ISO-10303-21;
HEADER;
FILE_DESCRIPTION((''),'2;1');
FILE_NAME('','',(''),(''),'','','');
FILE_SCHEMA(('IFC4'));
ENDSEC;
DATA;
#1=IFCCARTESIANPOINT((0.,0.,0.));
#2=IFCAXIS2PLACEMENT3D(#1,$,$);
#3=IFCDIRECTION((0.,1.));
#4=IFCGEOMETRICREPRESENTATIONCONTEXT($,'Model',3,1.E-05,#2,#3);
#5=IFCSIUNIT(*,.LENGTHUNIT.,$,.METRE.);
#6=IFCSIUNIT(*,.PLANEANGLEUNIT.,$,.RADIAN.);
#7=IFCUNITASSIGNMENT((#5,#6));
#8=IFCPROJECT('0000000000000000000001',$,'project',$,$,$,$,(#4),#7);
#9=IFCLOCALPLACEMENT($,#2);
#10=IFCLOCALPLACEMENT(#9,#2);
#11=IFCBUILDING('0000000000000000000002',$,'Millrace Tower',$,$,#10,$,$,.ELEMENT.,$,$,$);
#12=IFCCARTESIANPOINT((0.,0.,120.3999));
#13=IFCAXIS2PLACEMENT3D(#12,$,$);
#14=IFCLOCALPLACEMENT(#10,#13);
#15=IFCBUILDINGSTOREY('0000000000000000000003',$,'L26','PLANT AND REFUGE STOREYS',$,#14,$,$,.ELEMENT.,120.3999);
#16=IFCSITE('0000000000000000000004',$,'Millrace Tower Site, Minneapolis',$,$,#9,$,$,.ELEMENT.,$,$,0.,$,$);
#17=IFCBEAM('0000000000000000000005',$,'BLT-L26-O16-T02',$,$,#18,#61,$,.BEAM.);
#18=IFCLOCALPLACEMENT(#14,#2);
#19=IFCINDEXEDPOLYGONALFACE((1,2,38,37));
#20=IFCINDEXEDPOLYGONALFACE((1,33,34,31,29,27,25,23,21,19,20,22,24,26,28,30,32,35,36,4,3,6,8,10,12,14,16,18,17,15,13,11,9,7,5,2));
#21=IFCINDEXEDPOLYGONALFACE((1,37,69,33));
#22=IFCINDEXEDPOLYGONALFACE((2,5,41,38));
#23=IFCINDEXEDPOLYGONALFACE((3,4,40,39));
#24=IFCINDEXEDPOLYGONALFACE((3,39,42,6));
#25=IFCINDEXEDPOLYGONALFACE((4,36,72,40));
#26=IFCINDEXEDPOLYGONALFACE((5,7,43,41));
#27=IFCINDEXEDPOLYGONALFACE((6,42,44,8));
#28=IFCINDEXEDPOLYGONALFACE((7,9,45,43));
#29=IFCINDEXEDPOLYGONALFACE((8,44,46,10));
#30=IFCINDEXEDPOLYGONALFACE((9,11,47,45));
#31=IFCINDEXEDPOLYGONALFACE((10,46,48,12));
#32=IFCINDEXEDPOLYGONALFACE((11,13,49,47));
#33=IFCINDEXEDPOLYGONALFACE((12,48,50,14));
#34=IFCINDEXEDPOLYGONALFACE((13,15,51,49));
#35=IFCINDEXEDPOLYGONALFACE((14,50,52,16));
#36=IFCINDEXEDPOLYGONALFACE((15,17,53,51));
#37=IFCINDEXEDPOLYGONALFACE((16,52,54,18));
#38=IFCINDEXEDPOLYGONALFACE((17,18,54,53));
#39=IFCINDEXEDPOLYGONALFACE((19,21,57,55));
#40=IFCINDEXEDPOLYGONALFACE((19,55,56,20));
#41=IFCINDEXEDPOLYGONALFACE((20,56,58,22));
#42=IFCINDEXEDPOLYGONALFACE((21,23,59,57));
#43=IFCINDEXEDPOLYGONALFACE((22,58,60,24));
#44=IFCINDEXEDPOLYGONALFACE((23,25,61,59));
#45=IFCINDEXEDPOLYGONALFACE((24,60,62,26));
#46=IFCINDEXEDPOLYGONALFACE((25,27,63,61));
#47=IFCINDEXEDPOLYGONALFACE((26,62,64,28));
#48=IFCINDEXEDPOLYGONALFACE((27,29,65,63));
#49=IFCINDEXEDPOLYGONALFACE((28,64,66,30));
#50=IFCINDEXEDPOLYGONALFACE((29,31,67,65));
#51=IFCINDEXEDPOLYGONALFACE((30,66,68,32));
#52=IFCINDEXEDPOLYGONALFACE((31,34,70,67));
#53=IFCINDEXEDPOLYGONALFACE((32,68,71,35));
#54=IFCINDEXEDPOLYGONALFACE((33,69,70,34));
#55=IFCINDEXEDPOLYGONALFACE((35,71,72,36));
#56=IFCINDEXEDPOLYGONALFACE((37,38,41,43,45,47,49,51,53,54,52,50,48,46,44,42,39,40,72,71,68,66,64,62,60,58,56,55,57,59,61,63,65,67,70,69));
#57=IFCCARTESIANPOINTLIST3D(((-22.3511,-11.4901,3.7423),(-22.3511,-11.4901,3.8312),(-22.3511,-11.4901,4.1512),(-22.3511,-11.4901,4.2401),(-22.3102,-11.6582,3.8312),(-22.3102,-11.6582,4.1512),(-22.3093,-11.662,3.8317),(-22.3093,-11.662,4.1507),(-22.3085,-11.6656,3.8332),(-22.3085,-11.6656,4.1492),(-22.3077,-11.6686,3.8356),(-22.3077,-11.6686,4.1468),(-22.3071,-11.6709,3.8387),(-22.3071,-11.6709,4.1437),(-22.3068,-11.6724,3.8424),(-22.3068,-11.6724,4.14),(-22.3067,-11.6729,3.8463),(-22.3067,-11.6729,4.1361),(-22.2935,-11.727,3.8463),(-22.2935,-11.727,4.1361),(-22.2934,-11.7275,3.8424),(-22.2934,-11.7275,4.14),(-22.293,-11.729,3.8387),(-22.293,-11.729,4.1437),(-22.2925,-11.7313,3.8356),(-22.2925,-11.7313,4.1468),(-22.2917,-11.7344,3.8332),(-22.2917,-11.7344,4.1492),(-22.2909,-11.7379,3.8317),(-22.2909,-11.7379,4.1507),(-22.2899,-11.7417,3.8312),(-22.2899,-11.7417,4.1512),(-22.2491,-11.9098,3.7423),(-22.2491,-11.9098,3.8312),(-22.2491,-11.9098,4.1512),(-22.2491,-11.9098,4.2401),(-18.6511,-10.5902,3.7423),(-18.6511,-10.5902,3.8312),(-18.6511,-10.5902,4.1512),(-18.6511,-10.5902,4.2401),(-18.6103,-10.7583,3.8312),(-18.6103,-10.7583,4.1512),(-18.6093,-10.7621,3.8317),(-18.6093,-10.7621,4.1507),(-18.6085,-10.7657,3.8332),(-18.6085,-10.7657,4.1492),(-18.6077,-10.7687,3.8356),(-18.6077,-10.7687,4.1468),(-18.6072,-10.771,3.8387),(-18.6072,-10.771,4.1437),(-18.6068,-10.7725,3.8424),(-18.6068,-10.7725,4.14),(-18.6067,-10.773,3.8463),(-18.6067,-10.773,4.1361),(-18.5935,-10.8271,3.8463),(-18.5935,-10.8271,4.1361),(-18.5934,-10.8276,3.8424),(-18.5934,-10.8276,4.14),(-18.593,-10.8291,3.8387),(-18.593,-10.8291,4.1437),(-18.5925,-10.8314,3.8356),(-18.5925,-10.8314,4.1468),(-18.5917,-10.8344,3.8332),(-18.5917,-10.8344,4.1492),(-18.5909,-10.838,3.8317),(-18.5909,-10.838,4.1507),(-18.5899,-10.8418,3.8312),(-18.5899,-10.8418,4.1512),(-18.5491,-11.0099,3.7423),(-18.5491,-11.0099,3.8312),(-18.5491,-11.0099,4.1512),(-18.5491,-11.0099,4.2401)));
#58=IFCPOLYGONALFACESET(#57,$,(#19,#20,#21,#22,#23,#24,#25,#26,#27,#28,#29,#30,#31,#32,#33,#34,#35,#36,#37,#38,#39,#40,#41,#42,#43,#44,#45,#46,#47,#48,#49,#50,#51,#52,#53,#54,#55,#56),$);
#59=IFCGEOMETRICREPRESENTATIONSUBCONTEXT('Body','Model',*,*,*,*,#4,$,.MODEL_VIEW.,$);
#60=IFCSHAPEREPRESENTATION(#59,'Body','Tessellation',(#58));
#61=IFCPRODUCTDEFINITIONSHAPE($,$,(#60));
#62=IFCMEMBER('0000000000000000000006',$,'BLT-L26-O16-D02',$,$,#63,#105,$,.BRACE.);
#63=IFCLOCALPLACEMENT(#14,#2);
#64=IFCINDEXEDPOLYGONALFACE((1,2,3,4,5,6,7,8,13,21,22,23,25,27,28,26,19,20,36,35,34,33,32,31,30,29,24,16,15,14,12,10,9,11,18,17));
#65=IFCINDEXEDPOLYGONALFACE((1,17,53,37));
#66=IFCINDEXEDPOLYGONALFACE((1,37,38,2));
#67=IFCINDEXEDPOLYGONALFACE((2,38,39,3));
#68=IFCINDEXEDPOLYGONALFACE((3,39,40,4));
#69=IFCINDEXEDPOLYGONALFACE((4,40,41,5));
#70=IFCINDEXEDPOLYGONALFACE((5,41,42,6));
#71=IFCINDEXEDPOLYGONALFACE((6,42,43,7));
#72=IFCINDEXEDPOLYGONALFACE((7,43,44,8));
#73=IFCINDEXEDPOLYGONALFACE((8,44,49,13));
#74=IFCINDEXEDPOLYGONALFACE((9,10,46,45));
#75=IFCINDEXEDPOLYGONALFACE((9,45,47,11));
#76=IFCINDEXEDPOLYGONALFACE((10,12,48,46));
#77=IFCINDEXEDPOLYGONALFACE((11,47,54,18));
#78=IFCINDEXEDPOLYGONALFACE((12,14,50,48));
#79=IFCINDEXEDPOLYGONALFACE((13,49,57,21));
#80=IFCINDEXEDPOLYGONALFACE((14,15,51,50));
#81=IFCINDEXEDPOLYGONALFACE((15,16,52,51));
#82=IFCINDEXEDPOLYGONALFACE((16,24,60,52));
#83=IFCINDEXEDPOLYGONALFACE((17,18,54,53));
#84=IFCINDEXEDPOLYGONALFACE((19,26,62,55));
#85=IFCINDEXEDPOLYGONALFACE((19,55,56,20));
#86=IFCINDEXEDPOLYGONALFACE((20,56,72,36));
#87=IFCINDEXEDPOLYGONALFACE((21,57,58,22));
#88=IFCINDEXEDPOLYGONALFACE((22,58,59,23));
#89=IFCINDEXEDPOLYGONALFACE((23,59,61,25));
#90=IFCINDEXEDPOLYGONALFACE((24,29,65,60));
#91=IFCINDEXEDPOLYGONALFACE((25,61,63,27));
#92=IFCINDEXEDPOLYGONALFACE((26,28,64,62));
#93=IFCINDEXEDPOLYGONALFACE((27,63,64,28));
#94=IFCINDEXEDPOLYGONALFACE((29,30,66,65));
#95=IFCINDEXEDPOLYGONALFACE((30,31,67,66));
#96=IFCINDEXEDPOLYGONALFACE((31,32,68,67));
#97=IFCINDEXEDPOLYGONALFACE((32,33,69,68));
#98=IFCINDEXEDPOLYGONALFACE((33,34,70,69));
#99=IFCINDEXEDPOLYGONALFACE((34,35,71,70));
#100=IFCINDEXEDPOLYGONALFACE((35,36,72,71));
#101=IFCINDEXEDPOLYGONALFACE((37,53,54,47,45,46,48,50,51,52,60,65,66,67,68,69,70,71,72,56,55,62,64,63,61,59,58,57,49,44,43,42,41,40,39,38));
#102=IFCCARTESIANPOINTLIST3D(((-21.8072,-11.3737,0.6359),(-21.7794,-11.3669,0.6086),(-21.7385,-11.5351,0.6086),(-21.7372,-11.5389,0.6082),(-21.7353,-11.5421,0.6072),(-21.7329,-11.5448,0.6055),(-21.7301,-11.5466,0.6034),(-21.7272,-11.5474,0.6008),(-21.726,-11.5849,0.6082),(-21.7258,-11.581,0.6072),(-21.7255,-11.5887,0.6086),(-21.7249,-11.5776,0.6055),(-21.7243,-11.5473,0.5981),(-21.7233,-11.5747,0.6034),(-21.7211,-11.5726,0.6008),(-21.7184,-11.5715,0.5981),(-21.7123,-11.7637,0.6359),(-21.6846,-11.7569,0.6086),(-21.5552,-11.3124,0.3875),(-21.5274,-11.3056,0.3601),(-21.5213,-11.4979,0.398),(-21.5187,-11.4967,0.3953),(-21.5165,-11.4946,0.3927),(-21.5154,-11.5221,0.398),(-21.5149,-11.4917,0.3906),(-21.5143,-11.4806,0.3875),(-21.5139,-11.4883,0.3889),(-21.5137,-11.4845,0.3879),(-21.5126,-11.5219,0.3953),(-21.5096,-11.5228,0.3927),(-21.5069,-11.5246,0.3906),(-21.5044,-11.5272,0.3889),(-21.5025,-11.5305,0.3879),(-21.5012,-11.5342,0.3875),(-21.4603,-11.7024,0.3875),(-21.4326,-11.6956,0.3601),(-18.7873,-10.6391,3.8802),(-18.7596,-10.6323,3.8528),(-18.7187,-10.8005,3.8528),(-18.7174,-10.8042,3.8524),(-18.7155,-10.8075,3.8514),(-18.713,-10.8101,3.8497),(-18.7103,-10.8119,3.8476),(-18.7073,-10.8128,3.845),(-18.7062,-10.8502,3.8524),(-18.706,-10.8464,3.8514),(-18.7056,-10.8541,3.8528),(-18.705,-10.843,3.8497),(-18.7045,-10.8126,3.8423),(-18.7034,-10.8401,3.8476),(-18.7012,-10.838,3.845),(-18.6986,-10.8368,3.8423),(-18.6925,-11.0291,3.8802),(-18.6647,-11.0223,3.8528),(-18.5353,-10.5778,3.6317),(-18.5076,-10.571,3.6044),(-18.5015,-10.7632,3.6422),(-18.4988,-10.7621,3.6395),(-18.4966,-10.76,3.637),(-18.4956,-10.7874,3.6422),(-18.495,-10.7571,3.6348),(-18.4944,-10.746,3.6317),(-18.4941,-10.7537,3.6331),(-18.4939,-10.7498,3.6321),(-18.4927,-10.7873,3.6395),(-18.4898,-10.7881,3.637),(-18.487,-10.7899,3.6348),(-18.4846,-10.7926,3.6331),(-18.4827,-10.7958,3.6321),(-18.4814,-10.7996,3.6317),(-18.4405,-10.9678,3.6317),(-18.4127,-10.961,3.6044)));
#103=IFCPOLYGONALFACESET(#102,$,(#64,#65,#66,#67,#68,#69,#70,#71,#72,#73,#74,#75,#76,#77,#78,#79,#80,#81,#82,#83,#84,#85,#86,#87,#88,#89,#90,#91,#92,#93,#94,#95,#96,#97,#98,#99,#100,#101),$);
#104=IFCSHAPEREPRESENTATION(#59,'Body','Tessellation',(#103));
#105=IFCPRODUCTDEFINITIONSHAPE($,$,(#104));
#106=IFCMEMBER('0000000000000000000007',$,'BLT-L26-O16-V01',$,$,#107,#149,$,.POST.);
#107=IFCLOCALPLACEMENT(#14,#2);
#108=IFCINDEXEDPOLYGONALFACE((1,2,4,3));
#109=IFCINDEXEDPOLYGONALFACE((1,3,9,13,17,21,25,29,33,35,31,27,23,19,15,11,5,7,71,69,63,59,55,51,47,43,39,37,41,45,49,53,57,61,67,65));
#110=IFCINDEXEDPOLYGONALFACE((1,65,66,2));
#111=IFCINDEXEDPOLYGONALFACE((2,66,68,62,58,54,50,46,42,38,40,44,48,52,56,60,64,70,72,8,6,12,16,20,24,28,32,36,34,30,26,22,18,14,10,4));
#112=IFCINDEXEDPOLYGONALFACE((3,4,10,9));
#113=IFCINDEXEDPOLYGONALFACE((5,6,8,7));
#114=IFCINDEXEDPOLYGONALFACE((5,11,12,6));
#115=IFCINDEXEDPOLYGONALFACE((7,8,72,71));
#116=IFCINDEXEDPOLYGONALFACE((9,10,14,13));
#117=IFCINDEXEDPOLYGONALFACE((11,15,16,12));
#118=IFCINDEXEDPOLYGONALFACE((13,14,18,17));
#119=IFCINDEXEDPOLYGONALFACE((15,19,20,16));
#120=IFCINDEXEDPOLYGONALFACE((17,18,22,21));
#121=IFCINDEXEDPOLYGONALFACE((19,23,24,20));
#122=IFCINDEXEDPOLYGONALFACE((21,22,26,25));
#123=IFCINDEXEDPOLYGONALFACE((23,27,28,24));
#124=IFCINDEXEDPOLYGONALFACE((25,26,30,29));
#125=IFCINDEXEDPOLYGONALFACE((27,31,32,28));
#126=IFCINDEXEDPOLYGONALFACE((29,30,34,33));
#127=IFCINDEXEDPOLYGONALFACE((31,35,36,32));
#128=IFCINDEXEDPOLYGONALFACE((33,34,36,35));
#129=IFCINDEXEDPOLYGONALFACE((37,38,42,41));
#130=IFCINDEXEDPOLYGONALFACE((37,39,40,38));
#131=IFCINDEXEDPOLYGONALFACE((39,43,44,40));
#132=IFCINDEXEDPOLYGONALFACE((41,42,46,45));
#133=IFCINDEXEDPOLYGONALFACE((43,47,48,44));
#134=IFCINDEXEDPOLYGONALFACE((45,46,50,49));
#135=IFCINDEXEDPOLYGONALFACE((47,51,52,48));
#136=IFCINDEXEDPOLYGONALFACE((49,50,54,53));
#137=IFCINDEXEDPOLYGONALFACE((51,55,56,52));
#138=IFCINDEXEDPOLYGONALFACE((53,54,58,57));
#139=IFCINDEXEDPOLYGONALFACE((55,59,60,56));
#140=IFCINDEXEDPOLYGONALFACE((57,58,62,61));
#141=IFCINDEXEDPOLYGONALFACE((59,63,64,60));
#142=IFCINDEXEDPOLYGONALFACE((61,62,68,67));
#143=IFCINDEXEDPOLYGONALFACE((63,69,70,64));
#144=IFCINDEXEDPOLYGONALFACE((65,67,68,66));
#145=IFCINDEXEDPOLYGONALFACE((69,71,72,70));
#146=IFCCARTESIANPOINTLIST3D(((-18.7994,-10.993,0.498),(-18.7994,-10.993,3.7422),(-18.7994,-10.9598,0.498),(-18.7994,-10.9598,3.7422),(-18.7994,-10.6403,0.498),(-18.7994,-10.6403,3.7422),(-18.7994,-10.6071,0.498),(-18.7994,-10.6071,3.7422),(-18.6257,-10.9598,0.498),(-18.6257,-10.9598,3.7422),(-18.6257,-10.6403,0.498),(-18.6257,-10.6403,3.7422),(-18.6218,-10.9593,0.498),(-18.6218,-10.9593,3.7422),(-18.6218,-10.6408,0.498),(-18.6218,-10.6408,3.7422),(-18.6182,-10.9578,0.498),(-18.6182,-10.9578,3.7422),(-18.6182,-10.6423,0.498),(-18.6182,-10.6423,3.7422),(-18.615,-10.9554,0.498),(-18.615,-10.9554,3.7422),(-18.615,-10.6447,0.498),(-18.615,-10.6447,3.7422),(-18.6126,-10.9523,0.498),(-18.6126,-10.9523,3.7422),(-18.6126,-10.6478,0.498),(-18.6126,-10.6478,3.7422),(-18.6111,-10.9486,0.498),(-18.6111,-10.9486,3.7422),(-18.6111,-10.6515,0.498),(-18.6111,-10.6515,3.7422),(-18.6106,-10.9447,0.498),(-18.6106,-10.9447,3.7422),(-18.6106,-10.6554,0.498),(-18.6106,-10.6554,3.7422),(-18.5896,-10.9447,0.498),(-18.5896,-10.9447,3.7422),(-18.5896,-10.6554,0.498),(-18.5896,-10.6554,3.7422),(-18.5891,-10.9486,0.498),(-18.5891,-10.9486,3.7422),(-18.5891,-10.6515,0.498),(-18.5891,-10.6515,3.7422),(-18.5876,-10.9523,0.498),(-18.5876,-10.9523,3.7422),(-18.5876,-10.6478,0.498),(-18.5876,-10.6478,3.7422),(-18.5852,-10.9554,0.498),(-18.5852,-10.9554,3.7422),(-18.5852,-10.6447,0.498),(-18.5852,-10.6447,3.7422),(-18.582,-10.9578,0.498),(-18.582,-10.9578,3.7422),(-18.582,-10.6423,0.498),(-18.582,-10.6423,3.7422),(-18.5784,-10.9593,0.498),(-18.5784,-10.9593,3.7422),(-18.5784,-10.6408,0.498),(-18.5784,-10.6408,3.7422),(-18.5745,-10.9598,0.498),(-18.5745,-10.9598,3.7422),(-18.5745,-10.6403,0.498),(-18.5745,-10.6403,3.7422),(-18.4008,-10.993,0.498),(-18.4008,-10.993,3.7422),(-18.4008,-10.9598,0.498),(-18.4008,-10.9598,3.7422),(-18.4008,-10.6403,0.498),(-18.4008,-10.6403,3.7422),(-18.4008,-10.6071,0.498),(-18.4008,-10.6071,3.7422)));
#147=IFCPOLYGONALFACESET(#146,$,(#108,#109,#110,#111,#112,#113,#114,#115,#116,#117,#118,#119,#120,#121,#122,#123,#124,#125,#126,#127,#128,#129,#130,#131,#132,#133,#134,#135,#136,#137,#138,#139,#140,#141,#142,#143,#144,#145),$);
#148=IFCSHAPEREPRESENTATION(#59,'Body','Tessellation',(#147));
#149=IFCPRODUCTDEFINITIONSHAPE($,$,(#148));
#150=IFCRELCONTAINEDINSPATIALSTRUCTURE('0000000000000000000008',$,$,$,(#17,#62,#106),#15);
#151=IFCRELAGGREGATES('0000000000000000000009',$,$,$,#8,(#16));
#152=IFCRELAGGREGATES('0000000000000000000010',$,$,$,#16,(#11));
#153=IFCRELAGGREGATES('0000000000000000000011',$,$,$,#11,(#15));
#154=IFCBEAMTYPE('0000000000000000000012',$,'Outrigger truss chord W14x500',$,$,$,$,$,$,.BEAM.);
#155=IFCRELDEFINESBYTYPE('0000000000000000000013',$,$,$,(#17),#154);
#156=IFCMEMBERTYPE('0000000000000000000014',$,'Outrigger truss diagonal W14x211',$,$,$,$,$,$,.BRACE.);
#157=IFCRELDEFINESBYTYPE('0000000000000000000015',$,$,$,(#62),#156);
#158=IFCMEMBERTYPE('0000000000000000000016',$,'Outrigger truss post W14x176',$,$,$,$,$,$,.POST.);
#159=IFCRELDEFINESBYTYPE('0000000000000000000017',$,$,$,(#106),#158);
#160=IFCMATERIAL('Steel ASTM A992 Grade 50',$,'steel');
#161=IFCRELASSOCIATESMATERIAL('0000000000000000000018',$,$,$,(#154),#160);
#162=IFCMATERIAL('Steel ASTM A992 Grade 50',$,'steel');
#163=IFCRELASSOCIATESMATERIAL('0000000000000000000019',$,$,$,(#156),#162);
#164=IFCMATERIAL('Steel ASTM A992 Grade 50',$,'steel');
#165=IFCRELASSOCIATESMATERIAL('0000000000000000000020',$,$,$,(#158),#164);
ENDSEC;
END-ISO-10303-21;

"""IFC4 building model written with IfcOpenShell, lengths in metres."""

from ifc_helpers import new_model, si_unit, direction, frame, origin, origin_2d, place, context, subcontext, project, spatial, i_section, extrude, material, material_profile, profile_set, type_object, element, save


model = new_model("IFC4")

# Units and contexts
model_context = context("Model", 3, precision=1e-05, world=origin(), true_north=direction((0.0, 1.0)))
body_context = subcontext(model_context, "Body", "Model", "MODEL_VIEW")
ifc_project = project(units=[si_unit("LENGTHUNIT", "METRE"), si_unit("PLANEANGLEUNIT", "RADIAN")], contexts=[model_context])

# Site, building, storey
site_placement = place(None, origin())
site = spatial("IfcSite", under=ifc_project, at=site_placement, Name="Millrace Tower Site, Minneapolis", CompositionType="ELEMENT", RefElevation=0.0)
building_placement = place(site_placement, origin())
building = spatial("IfcBuilding", under=site, at=building_placement, Name="Millrace Tower", CompositionType="ELEMENT")
storey_placement = place(building_placement, frame((0.0, 0.0, 120.3999)))
storey = spatial("IfcBuildingStorey", under=building, at=storey_placement, Name="L26", Description="PLANT AND REFUGE STOREYS", CompositionType="ELEMENT", Elevation=120.3999)

# Beam
ifc_material_1 = material(Name="Steel ASTM A992 Grade 50", Category="steel")
ifc_material_profile_1 = material_profile(ifc_material_1, i_section(OverallWidth=0.4319, OverallDepth=0.4978, WebThickness=0.0557, FlangeThickness=0.0889, FilletRadius=0.0151, at=origin_2d()))
ifc_profile_set_1 = profile_set([ifc_material_profile_1], Name="Steel ASTM A992 Grade 50")
beam_type_1 = type_object("IfcBeamType", Name="Outrigger truss chord W14x500", PredefinedType="BEAM", material=ifc_profile_set_1)
for number, where, z_axis, x_axis, name in (
    (1, (-18.6001, -10.8, 3.9912), (-0.971673, -0.23633, 0.0), (0.23633, -0.971673, 0.0), "BLT-L26-O16-T02"),
):
    element("IfcBeam", number, at=place(storey_placement, frame(where, z_axis=z_axis, x_axis=x_axis)), inside=storey, type_object=beam_type_1, Name=name, PredefinedType="BEAM", context=body_context, shape_type="SweptSolid", body=[
        extrude(i_section(OverallWidth=0.4319, OverallDepth=0.4978, WebThickness=0.0557, FlangeThickness=0.0889, FilletRadius=0.0151, at=origin_2d()), origin(), (0.0, 0.0, 1.0), 3.8079),
    ])

# Members
ifc_material_2 = material(Name="Steel ASTM A992 Grade 50", Category="steel")
ifc_material_profile_2 = material_profile(ifc_material_2, i_section(OverallWidth=0.4014, OverallDepth=0.3987, WebThickness=0.0249, FlangeThickness=0.0396, FilletRadius=0.0151, at=origin_2d()))
ifc_profile_set_2 = profile_set([ifc_material_profile_2], Name="Steel ASTM A992 Grade 50")
member_type_1 = type_object("IfcMemberType", Name="Outrigger truss diagonal W14x211", PredefinedType="BRACE", material=ifc_profile_set_2)
member_1_placement = place(storey_placement, frame((-21.6199, -11.5347, 0.498), z_axis=(0.672171, 0.163519, 0.722113), x_axis=(-0.236376, 0.971662, 0.0)))
element("IfcMember", 2, at=member_1_placement, inside=storey, type_object=member_type_1, Name="BLT-L26-O16-D02", PredefinedType="BRACE", context=body_context, shape_type="SweptSolid", body=[
    extrude(i_section(OverallWidth=0.4014, OverallDepth=0.3987, WebThickness=0.0249, FlangeThickness=0.0396, FilletRadius=0.0151, at=origin_2d()), origin(), (0.0, 0.0, 1.0), 4.4927),
])
ifc_material_3 = material(Name="Steel ASTM A992 Grade 50", Category="steel")
ifc_material_profile_3 = material_profile(ifc_material_3, i_section(OverallWidth=0.3987, OverallDepth=0.386, WebThickness=0.021, FlangeThickness=0.0332, FilletRadius=0.0151, at=origin_2d()))
ifc_profile_set_3 = profile_set([ifc_material_profile_3], Name="Steel ASTM A992 Grade 50")
member_type_2 = type_object("IfcMemberType", Name="Outrigger truss post W14x176", PredefinedType="POST", material=ifc_profile_set_3)
member_2_placement = place(storey_placement, frame((-18.6001, -10.8, 0.498), z_axis=(0.0, 0.0, 1.0), x_axis=(1.0, 0.0, 0.0)))
element("IfcMember", 3, at=member_2_placement, inside=storey, type_object=member_type_2, Name="BLT-L26-O16-V01", PredefinedType="POST", context=body_context, shape_type="SweptSolid", body=[
    extrude(i_section(OverallWidth=0.3987, OverallDepth=0.386, WebThickness=0.021, FlangeThickness=0.0332, FilletRadius=0.0151, at=origin_2d()), origin(), (0.0, 0.0, 1.0), 3.2441),
])

save(model, "model.ifc")
